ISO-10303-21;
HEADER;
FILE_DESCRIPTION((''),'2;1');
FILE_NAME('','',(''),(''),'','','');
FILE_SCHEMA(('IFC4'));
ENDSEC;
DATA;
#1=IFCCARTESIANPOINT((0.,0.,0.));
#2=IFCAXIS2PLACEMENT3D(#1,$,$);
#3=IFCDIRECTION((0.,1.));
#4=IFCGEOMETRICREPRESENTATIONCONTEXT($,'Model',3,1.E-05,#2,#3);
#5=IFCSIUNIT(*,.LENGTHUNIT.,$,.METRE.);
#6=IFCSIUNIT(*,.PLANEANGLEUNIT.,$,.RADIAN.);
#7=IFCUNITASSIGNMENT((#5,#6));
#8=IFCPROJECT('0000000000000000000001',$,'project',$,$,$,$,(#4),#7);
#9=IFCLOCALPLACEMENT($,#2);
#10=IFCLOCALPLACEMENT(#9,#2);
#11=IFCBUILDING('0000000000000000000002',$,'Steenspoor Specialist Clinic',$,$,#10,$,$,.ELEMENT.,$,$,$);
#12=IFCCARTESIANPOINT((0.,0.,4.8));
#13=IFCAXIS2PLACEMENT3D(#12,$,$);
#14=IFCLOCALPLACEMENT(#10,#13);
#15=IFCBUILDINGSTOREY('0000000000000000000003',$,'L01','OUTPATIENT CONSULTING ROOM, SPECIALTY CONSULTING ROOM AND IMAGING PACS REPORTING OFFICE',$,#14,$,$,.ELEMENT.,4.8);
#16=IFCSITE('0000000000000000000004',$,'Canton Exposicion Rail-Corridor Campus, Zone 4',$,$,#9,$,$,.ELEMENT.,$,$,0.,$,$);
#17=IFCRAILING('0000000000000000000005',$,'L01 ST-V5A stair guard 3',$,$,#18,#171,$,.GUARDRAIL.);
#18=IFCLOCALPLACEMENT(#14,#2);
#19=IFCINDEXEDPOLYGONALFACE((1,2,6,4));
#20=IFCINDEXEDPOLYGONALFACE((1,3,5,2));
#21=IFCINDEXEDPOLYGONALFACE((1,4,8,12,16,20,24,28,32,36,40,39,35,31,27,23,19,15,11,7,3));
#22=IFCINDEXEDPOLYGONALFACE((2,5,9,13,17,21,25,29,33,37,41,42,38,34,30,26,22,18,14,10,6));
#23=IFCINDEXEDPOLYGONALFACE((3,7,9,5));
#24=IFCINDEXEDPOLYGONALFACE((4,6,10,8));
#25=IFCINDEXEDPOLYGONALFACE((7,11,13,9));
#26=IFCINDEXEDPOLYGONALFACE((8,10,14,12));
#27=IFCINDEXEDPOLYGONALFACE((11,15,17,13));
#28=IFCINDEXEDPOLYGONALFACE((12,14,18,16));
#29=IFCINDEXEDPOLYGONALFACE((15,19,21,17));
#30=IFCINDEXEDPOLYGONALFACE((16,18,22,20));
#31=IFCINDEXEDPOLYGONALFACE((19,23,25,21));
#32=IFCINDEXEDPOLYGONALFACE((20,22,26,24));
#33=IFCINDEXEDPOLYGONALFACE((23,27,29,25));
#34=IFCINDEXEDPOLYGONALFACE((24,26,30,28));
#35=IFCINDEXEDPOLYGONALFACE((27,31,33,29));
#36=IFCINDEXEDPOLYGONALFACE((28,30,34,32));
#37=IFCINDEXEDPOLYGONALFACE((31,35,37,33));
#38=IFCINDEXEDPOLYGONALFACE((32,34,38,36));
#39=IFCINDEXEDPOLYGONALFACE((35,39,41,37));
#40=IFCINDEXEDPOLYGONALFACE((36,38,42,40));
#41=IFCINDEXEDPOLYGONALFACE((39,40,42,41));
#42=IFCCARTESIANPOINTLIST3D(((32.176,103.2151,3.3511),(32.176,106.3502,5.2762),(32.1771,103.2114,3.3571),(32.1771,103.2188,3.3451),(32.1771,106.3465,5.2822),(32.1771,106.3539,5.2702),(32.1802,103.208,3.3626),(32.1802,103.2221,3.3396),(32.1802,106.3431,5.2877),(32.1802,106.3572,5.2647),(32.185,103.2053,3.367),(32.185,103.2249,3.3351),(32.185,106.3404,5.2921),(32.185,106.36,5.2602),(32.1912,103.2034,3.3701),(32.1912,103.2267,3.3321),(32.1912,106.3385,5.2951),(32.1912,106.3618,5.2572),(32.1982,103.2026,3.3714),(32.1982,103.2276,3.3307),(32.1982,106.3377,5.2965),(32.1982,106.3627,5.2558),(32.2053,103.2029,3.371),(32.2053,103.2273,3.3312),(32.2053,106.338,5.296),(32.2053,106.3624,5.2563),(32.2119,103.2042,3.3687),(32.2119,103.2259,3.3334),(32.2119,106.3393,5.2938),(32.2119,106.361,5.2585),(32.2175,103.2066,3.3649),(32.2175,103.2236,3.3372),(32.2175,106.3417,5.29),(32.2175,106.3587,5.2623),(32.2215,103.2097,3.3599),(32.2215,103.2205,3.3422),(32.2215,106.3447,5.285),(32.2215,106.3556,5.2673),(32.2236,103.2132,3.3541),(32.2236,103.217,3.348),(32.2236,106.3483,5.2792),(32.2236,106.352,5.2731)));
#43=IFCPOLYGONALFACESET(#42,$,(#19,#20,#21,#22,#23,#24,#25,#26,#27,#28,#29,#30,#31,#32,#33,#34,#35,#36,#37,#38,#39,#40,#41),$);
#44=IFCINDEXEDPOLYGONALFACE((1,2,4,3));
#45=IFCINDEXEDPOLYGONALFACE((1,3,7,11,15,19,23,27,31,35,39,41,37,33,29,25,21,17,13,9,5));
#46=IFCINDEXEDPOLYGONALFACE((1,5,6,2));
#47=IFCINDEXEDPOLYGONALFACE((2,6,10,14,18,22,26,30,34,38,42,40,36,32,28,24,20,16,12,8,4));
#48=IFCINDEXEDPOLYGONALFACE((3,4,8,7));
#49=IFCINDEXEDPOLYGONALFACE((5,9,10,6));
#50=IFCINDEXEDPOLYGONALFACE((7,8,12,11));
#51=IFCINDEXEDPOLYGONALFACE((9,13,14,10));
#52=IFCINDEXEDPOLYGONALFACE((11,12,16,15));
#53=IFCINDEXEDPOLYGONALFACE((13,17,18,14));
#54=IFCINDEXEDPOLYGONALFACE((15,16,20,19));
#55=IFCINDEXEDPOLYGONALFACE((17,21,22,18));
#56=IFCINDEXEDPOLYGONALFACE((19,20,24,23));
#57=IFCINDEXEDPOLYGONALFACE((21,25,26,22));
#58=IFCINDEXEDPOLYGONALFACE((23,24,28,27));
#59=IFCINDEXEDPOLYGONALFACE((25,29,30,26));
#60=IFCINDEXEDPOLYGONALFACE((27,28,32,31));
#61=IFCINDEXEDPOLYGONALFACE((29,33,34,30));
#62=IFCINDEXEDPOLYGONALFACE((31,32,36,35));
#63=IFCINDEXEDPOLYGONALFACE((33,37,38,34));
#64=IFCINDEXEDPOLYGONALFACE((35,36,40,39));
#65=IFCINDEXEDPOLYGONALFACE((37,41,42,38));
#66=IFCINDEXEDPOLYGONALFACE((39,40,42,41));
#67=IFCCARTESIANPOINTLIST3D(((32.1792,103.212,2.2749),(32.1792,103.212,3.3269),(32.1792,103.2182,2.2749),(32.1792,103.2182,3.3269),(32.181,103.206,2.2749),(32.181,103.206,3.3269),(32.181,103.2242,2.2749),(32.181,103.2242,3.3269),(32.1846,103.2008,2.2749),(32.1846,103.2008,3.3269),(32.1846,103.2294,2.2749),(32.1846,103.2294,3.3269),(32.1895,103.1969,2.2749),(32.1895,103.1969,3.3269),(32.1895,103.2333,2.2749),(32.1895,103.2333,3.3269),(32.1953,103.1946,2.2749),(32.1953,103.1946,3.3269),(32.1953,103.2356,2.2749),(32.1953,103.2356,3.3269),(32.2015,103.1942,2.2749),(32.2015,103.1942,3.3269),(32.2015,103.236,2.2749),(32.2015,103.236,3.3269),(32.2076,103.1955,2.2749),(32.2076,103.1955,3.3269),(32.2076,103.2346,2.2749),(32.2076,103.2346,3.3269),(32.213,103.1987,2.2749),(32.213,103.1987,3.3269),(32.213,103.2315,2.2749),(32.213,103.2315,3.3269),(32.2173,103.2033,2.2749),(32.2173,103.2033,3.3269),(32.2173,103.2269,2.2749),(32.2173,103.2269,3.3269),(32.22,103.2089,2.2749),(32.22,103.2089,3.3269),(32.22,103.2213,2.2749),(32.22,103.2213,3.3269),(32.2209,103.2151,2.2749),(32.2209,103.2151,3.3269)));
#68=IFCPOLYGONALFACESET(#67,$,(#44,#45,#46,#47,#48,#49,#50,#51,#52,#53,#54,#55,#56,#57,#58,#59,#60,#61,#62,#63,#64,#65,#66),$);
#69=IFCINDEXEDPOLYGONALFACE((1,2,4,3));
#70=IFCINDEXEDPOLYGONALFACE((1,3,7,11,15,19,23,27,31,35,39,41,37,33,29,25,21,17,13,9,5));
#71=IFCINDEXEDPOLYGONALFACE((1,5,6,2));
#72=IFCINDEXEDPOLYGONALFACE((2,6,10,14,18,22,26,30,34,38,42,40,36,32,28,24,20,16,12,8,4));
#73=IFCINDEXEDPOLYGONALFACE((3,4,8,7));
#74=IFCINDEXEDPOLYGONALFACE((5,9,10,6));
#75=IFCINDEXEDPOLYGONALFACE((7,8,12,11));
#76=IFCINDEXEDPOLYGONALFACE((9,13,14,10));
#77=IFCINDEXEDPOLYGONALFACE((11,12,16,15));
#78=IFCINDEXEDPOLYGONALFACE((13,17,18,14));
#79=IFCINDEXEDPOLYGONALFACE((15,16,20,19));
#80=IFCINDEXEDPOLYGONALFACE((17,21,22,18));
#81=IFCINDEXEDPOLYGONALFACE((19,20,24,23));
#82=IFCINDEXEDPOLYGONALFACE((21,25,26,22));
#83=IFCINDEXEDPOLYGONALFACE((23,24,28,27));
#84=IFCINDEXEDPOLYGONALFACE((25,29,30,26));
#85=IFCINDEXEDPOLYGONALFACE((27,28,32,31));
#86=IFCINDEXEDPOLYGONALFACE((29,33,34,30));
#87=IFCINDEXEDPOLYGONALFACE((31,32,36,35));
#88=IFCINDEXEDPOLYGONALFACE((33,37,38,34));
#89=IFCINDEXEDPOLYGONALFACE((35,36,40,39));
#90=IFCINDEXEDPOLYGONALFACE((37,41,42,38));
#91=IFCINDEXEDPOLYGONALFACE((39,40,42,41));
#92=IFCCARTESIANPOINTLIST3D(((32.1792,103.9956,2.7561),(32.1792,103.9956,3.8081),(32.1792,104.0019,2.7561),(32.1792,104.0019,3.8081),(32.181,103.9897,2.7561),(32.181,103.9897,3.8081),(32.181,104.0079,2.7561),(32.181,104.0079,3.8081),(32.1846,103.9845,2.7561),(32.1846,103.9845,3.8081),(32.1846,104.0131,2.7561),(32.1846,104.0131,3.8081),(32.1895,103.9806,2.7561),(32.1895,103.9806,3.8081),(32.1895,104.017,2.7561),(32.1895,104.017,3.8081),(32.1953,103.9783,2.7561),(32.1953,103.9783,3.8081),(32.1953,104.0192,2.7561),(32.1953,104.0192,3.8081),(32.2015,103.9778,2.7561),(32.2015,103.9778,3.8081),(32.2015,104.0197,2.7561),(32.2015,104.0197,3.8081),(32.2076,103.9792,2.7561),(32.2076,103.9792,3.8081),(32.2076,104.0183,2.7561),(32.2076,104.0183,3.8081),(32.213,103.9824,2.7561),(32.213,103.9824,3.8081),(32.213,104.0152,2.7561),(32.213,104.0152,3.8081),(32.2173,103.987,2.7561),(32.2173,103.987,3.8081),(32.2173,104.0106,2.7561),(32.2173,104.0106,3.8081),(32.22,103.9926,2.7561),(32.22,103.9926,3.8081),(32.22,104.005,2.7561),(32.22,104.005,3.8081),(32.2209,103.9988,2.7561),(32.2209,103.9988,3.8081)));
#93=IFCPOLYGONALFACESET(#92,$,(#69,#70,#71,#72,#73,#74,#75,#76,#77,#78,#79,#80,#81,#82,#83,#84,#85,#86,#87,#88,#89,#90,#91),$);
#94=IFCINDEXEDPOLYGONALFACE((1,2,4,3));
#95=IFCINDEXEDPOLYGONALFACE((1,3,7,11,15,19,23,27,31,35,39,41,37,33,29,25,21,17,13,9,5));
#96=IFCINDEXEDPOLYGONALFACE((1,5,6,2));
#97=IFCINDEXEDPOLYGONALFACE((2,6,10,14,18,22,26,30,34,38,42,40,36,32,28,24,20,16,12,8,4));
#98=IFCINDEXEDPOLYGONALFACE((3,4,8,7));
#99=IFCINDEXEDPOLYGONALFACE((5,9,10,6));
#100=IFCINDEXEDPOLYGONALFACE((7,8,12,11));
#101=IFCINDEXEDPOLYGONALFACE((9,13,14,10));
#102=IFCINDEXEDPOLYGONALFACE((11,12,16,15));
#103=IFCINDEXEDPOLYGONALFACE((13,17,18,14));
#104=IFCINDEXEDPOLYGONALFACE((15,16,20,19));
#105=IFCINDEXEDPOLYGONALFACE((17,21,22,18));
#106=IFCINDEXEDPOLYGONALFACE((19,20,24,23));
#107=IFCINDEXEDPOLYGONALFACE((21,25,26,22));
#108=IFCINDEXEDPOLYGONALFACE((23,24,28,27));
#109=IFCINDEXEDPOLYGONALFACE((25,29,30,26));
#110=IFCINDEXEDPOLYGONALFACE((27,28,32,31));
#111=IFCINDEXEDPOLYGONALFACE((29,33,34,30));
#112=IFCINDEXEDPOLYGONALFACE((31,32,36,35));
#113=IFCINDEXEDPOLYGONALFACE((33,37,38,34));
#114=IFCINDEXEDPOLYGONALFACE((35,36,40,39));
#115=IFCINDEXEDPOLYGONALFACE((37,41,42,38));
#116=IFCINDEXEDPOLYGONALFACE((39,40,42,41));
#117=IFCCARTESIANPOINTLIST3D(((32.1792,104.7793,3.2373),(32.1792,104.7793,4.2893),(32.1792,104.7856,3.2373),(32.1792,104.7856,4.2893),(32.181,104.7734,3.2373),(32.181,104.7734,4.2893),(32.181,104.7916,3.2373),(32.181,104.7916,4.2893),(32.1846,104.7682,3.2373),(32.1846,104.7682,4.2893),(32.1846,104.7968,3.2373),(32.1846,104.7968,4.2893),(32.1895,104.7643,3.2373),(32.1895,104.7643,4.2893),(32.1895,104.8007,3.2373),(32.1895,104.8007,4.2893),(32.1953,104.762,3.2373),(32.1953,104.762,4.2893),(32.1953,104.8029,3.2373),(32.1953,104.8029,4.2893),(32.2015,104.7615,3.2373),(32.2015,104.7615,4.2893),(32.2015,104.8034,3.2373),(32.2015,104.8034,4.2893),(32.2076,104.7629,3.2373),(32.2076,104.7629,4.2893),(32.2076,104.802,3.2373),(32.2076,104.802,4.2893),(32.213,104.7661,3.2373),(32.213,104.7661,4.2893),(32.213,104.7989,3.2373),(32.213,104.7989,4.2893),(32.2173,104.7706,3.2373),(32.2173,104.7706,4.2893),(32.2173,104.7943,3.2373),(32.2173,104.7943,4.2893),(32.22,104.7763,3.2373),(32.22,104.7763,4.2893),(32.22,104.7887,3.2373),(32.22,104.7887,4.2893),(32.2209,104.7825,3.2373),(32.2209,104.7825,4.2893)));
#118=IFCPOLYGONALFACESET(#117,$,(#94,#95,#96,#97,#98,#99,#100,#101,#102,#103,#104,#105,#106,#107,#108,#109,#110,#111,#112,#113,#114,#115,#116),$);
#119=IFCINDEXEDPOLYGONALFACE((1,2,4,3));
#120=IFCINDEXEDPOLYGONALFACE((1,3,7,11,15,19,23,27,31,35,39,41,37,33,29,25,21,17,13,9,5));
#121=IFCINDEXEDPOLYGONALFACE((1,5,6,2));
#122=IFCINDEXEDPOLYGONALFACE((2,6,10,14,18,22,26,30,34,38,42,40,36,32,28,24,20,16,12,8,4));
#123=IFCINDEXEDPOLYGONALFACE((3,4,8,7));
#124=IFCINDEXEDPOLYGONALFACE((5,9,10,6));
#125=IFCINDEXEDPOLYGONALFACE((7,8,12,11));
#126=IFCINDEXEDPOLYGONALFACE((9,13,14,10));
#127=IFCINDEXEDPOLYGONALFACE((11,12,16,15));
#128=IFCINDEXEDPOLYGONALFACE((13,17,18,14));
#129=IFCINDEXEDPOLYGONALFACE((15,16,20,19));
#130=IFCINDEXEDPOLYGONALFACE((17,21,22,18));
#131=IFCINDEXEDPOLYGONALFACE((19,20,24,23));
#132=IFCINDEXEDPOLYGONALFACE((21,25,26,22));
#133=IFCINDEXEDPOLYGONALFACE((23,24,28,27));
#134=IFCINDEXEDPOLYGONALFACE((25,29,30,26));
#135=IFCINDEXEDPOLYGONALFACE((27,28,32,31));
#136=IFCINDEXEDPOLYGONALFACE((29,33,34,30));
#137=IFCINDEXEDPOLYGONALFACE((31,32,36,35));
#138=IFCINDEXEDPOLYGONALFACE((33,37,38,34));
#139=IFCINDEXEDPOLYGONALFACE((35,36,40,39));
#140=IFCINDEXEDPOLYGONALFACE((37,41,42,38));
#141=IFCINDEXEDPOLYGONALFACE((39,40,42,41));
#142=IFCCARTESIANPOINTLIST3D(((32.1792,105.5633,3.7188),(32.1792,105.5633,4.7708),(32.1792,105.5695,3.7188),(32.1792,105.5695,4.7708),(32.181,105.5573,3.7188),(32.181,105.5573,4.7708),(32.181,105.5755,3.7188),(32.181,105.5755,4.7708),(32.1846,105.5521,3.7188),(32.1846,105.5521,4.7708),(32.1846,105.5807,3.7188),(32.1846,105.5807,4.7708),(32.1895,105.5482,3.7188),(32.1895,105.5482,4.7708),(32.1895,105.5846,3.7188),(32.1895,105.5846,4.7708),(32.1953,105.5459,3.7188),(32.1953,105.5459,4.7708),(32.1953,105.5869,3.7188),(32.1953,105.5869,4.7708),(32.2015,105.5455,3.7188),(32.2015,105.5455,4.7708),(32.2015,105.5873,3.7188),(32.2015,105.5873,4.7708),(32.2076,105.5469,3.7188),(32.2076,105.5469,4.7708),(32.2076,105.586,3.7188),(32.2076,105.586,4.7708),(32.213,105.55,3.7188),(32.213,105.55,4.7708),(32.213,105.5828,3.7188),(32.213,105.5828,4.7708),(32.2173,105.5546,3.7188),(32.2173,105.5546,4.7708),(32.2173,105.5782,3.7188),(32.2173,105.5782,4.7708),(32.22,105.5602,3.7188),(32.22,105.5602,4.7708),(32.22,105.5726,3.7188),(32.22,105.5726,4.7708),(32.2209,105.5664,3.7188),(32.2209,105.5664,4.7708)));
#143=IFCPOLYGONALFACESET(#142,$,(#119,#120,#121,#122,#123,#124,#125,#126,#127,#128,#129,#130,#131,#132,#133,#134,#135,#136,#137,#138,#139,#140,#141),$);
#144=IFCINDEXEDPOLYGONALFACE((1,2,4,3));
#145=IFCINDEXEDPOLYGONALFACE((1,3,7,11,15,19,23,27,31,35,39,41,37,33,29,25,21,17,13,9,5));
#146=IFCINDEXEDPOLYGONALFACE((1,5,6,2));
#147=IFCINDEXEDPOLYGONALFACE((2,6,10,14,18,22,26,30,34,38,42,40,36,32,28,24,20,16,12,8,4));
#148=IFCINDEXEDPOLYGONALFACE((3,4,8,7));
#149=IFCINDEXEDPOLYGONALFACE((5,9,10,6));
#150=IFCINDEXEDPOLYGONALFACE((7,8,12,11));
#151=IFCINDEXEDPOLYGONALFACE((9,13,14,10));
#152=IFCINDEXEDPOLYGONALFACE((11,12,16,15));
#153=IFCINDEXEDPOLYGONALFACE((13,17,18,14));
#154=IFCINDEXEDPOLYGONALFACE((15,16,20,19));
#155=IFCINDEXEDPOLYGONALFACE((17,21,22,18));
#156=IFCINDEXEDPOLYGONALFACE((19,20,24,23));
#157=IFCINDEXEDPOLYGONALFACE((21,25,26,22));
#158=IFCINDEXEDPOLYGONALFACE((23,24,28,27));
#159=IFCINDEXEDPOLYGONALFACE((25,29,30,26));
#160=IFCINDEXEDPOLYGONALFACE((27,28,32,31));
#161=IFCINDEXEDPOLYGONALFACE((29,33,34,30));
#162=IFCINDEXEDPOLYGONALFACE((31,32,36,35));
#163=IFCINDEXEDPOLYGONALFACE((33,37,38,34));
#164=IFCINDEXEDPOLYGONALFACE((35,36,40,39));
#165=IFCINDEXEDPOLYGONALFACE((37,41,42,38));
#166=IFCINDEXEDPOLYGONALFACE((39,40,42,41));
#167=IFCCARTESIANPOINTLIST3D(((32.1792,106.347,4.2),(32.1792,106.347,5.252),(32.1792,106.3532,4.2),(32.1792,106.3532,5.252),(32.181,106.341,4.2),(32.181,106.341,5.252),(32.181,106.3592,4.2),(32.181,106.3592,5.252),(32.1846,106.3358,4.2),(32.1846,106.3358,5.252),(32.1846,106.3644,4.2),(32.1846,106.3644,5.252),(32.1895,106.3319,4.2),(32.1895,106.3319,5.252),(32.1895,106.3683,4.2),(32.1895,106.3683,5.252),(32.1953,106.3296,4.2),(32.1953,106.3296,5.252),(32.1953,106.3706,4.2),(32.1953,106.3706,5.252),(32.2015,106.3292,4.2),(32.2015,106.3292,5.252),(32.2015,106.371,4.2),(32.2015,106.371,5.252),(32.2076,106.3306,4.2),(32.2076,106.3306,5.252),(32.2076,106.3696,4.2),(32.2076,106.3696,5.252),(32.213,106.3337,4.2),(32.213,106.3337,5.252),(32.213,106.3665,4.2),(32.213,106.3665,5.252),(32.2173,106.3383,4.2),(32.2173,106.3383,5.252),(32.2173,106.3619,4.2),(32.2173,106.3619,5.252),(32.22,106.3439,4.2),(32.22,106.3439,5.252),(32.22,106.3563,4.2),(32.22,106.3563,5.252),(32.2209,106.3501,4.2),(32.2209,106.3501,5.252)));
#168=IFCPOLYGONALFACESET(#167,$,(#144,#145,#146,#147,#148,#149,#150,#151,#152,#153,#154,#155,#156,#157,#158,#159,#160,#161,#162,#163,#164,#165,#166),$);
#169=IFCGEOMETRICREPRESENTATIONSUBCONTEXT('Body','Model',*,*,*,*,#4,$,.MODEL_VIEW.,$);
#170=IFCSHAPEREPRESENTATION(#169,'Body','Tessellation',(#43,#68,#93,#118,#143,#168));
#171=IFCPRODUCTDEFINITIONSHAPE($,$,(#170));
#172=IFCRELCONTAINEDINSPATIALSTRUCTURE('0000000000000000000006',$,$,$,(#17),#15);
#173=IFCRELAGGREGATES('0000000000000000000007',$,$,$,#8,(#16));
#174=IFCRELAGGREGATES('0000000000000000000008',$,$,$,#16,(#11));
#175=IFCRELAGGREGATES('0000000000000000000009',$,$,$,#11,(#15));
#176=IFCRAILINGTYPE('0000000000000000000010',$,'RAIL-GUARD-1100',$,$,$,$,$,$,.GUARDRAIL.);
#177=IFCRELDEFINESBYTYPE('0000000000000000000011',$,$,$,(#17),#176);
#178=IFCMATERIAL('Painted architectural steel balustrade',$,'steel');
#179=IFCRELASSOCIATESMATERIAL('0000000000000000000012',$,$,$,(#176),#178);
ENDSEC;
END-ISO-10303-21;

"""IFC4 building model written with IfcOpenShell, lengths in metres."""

from ifc_helpers import new_model, si_unit, direction, frame, origin, origin_2d, place, context, subcontext, project, spatial, circle, extrude, material, type_object, element, save


model = new_model("IFC4")

# Units and contexts
model_context = context("Model", 3, precision=1e-05, world=origin(), true_north=direction((0.0, 1.0)))
body_context = subcontext(model_context, "Body", "Model", "MODEL_VIEW")
ifc_project = project(units=[si_unit("LENGTHUNIT", "METRE"), si_unit("PLANEANGLEUNIT", "RADIAN")], contexts=[model_context])

# Site, building, storey
site_placement = place(None, origin())
site = spatial("IfcSite", under=ifc_project, at=site_placement, Name="Canton Exposicion Rail-Corridor Campus, Zone 4", CompositionType="ELEMENT", RefElevation=0.0)
building_placement = place(site_placement, origin())
building = spatial("IfcBuilding", under=site, at=building_placement, Name="Steenspoor Specialist Clinic", CompositionType="ELEMENT")
storey_placement = place(building_placement, frame((0.0, 0.0, 4.8)))
storey = spatial("IfcBuildingStorey", under=building, at=storey_placement, Name="L01", Description="OUTPATIENT CONSULTING ROOM, SPECIALTY CONSULTING ROOM AND IMAGING PACS REPORTING OFFICE", CompositionType="ELEMENT", Elevation=4.8)

# Railing
ifc_material_1 = material(Name="Painted architectural steel balustrade", Category="steel")
railing_type_1 = type_object("IfcRailingType", Name="RAIL-GUARD-1100", PredefinedType="GUARDRAIL", material=ifc_material_1)
railing_1_placement = place(storey_placement, frame((32.2, 103.2151, 2.2749)))
element("IfcRailing", 1, at=railing_1_placement, inside=storey, type_object=railing_type_1, Name="L01 ST-V5A stair guard 3", PredefinedType="GUARDRAIL", context=body_context, shape_type="SweptSolid", body=[
    extrude(circle(Radius=0.0239, at=origin_2d()), frame((0.0, 0.0, 1.0762), z_axis=(0.0, 0.852166, 0.523271), x_axis=(-1.0, 0.0, 0.0)), (0.0, 0.0, 1.0), 3.679),
    extrude(circle(Radius=0.021, at=origin_2d()), origin(), (0.0, 0.0, 1.0), 1.052),
    extrude(circle(Radius=0.021, at=origin_2d()), frame((0.0, 0.7837, 0.4812)), (0.0, 0.0, 1.0), 1.052),
    extrude(circle(Radius=0.021, at=origin_2d()), frame((0.0, 1.5674, 0.9624)), (0.0, 0.0, 1.0), 1.052),
    extrude(circle(Radius=0.021, at=origin_2d()), frame((0.0, 2.3513, 1.4438)), (0.0, 0.0, 1.0), 1.052),
    extrude(circle(Radius=0.021, at=origin_2d()), frame((0.0, 3.135, 1.925)), (0.0, 0.0, 1.0), 1.052),
])

save(model, "model.ifc")
